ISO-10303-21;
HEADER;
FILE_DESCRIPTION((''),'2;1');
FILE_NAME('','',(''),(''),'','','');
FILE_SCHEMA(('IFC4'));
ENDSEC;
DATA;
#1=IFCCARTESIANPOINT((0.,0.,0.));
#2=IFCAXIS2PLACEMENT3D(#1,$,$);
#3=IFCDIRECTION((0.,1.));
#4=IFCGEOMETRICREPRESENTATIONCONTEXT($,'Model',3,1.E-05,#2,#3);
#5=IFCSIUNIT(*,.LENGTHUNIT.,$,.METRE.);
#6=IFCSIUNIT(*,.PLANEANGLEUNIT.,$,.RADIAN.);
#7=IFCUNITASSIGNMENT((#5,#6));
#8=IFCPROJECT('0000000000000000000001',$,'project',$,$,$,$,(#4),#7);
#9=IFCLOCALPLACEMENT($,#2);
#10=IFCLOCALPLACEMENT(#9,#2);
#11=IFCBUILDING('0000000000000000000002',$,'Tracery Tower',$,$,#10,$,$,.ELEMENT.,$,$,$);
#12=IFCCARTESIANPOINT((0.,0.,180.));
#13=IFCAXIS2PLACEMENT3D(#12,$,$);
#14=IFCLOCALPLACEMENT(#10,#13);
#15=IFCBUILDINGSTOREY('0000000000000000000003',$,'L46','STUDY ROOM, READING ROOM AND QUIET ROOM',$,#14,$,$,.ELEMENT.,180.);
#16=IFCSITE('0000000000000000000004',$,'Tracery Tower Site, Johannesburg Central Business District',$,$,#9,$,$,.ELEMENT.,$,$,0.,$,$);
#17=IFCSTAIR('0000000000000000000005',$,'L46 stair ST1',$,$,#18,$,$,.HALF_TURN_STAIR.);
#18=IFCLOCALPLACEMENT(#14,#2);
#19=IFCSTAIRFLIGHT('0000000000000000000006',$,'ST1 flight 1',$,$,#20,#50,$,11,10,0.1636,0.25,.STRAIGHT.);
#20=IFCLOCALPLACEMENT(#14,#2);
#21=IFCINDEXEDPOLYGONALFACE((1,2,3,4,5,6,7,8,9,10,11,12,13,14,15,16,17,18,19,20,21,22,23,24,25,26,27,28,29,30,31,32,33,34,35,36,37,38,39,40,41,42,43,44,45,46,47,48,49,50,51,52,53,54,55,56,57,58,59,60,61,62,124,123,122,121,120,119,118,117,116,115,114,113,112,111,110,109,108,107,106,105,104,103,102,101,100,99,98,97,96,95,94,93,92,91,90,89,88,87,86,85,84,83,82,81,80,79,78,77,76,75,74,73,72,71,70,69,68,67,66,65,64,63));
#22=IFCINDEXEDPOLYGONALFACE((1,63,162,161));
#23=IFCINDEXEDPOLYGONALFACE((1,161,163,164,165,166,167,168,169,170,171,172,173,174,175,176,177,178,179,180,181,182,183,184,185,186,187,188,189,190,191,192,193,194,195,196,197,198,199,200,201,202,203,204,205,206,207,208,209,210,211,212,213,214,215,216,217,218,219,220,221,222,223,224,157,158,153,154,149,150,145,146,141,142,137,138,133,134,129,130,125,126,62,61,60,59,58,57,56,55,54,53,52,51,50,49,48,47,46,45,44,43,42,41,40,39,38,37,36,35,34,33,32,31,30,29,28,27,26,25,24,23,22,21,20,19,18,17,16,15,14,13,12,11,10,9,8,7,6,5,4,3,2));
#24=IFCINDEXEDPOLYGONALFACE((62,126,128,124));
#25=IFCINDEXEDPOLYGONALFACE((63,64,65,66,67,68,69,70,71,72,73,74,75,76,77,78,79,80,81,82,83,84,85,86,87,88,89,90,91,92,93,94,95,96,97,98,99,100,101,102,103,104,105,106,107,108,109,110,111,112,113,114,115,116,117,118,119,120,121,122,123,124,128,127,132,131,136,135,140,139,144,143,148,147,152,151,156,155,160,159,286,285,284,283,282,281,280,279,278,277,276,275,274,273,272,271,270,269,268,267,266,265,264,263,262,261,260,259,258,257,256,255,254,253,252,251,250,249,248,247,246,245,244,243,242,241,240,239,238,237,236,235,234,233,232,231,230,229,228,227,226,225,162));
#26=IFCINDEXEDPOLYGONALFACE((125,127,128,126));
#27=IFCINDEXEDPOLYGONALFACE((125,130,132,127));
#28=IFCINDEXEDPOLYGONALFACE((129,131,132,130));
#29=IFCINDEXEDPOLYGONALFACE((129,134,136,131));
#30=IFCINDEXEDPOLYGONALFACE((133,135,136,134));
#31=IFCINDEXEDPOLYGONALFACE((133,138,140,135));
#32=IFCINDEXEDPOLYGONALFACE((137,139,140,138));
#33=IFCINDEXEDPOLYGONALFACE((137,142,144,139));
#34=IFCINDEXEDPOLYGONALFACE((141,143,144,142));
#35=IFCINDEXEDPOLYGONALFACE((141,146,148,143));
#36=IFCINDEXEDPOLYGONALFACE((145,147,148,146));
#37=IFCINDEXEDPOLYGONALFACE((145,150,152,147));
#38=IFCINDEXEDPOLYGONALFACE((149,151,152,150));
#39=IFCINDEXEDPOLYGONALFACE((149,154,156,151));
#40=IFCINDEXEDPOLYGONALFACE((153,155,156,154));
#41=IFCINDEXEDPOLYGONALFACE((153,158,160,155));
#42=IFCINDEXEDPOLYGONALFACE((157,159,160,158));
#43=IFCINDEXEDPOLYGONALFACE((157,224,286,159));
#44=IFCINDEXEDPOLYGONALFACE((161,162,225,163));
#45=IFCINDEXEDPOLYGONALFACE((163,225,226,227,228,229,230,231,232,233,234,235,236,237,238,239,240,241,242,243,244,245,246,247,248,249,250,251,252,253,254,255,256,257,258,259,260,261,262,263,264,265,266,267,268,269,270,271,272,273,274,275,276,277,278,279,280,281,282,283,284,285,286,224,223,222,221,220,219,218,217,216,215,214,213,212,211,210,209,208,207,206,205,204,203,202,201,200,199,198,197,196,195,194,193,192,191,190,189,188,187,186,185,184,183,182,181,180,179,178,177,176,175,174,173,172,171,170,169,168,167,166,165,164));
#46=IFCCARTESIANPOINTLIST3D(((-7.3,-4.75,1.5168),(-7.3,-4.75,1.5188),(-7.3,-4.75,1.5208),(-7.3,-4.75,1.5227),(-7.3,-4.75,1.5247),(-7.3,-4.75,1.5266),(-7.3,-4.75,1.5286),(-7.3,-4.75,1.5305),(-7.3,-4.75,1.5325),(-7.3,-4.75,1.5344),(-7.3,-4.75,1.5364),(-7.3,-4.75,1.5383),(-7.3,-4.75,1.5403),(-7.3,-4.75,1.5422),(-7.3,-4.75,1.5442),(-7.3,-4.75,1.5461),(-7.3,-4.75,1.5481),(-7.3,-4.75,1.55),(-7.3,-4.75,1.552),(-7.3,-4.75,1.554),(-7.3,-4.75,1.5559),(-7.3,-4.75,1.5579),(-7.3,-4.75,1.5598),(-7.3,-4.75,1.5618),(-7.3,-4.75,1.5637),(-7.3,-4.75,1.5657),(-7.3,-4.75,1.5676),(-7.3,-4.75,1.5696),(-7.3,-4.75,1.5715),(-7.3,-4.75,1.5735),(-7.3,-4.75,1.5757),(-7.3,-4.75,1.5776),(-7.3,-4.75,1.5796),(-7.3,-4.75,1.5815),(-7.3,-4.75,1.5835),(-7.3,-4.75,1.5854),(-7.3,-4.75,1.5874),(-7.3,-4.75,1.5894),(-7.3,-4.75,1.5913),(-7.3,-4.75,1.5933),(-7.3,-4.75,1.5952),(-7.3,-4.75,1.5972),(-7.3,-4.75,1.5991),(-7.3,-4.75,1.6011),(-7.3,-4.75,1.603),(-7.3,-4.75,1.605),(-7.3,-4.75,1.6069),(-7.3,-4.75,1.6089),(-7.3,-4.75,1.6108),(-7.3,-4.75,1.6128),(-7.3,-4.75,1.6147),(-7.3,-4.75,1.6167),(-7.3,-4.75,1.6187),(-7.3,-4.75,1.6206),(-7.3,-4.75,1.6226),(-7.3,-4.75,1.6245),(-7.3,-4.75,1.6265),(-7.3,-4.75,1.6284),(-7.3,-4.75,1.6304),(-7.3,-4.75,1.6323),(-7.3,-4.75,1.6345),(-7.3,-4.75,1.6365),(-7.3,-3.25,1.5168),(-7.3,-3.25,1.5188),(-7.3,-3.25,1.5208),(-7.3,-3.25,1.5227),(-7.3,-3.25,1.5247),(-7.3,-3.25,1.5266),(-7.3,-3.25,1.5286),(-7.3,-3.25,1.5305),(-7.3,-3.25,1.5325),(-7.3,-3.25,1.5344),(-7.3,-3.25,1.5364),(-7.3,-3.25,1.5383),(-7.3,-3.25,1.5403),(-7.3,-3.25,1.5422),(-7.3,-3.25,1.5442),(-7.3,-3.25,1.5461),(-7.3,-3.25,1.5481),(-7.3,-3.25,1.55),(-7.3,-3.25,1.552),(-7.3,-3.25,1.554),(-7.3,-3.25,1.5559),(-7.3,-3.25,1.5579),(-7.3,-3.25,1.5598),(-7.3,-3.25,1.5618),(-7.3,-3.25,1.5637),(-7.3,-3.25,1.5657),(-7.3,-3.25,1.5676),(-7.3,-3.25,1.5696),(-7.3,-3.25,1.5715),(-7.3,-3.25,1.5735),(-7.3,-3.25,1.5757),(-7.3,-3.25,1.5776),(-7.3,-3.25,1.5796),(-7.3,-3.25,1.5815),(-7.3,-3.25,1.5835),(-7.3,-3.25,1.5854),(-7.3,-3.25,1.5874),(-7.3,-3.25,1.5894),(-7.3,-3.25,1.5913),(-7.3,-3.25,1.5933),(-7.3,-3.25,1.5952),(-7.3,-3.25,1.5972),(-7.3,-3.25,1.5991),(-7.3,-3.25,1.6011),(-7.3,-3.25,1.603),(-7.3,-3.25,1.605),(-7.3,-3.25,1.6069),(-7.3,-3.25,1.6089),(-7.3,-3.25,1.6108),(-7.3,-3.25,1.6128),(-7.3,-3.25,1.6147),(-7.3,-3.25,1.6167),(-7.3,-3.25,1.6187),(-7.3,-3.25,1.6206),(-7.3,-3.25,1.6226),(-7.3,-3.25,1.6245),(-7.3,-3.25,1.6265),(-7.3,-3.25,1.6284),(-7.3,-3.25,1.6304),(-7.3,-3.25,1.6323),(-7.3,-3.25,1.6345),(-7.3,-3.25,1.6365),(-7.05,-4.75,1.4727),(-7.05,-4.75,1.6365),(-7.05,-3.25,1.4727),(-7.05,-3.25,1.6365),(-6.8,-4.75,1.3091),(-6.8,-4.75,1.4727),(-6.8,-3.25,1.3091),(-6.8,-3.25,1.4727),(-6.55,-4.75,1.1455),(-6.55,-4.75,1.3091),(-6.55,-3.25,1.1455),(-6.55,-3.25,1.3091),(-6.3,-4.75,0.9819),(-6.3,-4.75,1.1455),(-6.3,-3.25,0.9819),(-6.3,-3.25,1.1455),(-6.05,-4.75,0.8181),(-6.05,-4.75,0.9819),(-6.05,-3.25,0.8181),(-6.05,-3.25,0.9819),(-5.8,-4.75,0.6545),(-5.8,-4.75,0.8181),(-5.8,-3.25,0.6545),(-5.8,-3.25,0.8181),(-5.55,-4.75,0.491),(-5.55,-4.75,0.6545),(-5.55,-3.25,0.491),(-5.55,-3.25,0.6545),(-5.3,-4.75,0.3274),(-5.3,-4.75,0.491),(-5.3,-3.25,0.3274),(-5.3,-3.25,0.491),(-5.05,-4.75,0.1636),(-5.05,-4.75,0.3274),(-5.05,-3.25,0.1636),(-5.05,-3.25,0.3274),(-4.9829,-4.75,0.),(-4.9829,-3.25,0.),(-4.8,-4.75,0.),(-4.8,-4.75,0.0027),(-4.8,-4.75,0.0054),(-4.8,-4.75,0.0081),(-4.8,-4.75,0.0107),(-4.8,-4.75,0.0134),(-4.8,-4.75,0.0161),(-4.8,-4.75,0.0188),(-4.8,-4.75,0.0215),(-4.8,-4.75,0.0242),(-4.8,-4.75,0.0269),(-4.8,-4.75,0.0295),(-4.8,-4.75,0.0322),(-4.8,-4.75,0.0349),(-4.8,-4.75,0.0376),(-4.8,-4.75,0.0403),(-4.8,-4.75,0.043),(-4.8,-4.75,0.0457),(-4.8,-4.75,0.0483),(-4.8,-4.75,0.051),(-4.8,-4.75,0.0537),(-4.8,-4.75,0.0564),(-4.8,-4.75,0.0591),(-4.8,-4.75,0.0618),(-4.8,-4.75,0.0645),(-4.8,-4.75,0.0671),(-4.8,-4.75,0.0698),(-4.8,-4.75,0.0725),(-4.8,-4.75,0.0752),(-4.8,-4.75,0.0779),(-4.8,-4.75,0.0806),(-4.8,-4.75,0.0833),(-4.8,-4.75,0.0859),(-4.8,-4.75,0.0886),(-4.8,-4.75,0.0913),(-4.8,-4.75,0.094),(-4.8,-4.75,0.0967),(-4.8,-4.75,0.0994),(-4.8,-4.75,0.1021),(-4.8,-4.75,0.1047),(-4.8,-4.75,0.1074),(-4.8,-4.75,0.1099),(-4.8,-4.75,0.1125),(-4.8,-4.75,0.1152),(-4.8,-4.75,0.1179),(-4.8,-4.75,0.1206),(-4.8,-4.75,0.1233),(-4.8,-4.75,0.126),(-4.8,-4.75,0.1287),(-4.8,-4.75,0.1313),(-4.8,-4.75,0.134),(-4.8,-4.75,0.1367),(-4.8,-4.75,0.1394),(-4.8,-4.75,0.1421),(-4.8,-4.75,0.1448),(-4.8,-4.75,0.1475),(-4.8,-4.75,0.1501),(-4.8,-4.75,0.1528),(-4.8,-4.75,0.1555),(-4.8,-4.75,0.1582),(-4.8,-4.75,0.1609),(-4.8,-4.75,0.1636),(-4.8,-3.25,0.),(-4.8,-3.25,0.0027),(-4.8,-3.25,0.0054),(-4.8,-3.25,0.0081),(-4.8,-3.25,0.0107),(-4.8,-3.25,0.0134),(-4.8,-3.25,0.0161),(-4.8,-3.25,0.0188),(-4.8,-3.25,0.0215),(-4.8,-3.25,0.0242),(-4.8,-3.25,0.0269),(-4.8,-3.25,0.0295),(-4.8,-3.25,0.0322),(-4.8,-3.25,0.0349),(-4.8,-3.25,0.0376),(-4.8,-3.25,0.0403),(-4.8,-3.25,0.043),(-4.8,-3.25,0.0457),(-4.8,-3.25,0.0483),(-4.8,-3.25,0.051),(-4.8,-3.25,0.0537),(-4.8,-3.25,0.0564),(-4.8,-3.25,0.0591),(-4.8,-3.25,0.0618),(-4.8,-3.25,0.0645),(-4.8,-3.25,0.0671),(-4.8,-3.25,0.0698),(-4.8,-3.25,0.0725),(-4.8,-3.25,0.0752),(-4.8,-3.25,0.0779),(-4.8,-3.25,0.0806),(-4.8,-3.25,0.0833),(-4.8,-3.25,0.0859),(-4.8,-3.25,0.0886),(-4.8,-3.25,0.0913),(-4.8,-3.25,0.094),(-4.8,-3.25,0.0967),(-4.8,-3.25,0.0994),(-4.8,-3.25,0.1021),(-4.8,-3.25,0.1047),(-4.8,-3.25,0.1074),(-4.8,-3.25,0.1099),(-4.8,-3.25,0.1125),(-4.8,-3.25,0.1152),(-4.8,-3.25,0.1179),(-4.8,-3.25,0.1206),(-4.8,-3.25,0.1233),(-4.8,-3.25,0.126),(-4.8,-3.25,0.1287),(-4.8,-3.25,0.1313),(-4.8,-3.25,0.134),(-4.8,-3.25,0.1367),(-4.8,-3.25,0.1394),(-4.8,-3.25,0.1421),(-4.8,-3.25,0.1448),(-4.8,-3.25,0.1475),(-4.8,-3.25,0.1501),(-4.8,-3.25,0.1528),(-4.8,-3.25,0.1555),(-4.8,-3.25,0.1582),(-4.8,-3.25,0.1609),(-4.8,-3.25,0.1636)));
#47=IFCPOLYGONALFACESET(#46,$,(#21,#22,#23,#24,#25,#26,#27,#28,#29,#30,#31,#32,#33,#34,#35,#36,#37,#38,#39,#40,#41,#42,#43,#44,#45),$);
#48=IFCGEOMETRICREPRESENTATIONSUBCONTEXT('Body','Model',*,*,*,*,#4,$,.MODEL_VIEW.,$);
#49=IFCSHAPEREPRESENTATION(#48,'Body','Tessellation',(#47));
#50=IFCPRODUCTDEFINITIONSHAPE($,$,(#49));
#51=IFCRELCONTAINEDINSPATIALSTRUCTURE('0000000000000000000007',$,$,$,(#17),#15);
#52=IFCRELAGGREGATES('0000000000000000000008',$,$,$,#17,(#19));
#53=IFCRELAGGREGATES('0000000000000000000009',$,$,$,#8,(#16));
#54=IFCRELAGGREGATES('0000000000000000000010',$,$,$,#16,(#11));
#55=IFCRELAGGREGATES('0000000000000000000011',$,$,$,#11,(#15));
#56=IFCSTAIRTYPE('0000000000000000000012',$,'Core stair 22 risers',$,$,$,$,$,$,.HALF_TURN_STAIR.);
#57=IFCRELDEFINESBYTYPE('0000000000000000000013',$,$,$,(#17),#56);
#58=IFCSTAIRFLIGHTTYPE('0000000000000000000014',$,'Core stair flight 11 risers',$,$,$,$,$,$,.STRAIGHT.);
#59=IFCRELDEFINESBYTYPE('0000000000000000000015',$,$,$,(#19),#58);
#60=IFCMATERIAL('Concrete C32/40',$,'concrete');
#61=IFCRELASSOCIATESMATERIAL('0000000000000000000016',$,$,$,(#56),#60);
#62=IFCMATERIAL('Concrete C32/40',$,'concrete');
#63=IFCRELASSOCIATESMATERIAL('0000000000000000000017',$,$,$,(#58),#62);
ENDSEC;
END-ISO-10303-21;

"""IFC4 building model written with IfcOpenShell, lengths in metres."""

from ifc_helpers import new_model, si_unit, direction, frame, origin, place, context, subcontext, project, spatial, polyline, outline, extrude, material, type_object, element, aggregate, save


model = new_model("IFC4")

# Units and contexts
model_context = context("Model", 3, precision=1e-05, world=origin(), true_north=direction((0.0, 1.0)))
body_context = subcontext(model_context, "Body", "Model", "MODEL_VIEW")
ifc_project = project(units=[si_unit("LENGTHUNIT", "METRE"), si_unit("PLANEANGLEUNIT", "RADIAN")], contexts=[model_context])

# Site, building, storey
site_placement = place(None, origin())
site = spatial("IfcSite", under=ifc_project, at=site_placement, Name="Tracery Tower Site, Johannesburg Central Business District", CompositionType="ELEMENT", RefElevation=0.0)
building_placement = place(site_placement, origin())
building = spatial("IfcBuilding", under=site, at=building_placement, Name="Tracery Tower", CompositionType="ELEMENT")
storey_placement = place(building_placement, frame((0.0, 0.0, 180.0)))
storey = spatial("IfcBuildingStorey", under=building, at=storey_placement, Name="L46", Description="STUDY ROOM, READING ROOM AND QUIET ROOM", CompositionType="ELEMENT", Elevation=180.0)

# Stair, stair flight
ifc_material_1 = material(Name="Concrete C32/40", Category="concrete")
stair_type = type_object("IfcStairType", Name="Core stair 22 risers", PredefinedType="HALF_TURN_STAIR", material=ifc_material_1)
stair_placement = place(storey_placement, origin())
stair = element("IfcStair", 1, at=stair_placement, inside=storey, type_object=stair_type, Name="L46 stair ST1", PredefinedType="HALF_TURN_STAIR")
ifc_material_2 = material(Name="Concrete C32/40", Category="concrete")
stair_flight_type = type_object("IfcStairFlightType", Name="Core stair flight 11 risers", PredefinedType="STRAIGHT", material=ifc_material_2)
stair_flight_1_placement = place(storey_placement, frame((-4.8, -4.0, 0.0), z_axis=(0.0, 0.0, 1.0), x_axis=(-1.0, 0.0, 0.0)))
stair_flight_1 = element("IfcStairFlight", 2, at=stair_flight_1_placement, type_object=stair_flight_type, Name="ST1 flight 1", NumberOfRisers=11, NumberOfTreads=10, PredefinedType="STRAIGHT", RiserHeight=0.1636, TreadLength=0.25, context=body_context, shape_type="SweptSolid", body=[
    extrude(outline(polyline([(0.0, 0.0), (0.0, 0.0027), (0.0, 0.0054), (0.0, 0.0081), (0.0, 0.0107), (0.0, 0.0134), (0.0, 0.0161), (0.0, 0.0188), (0.0, 0.0215), (0.0, 0.0242), (0.0, 0.0269), (0.0, 0.0295), (0.0, 0.0322), (0.0, 0.0349), (0.0, 0.0376), (0.0, 0.0403), (0.0, 0.043), (0.0, 0.0457), (0.0, 0.0483), (0.0, 0.051), (0.0, 0.0537), (0.0, 0.0564), (0.0, 0.0591), (0.0, 0.0618), (0.0, 0.0645), (0.0, 0.0671), (0.0, 0.0698), (0.0, 0.0725), (0.0, 0.0752), (0.0, 0.0779), (0.0, 0.0806), (0.0, 0.0833), (0.0, 0.0859), (0.0, 0.0886), (0.0, 0.0913), (0.0, 0.094), (0.0, 0.0967), (0.0, 0.0994), (0.0, 0.1021), (0.0, 0.1047), (0.0, 0.1074), (0.0, 0.1099), (0.0, 0.1125), (0.0, 0.1152), (0.0, 0.1179), (0.0, 0.1206), (0.0, 0.1233), (0.0, 0.126), (0.0, 0.1287), (0.0, 0.1313), (0.0, 0.134), (0.0, 0.1367), (0.0, 0.1394), (0.0, 0.1421), (0.0, 0.1448), (0.0, 0.1475), (0.0, 0.1501), (0.0, 0.1528), (0.0, 0.1555), (0.0, 0.1582), (0.0, 0.1609), (0.0, 0.1636), (0.25, 0.1636), (0.25, 0.3274), (0.5, 0.3274), (0.5, 0.491), (0.75, 0.491), (0.75, 0.6545), (1.0, 0.6545), (1.0, 0.8181), (1.25, 0.8181), (1.25, 0.9819), (1.5, 0.9819), (1.5, 1.1455), (1.75, 1.1455), (1.75, 1.3091), (2.0, 1.3091), (2.0, 1.4727), (2.25, 1.4727), (2.25, 1.6365), (2.5, 1.6365), (2.5, 1.6345), (2.5, 1.6323), (2.5, 1.6304), (2.5, 1.6284), (2.5, 1.6265), (2.5, 1.6245), (2.5, 1.6226), (2.5, 1.6206), (2.5, 1.6187), (2.5, 1.6167), (2.5, 1.6147), (2.5, 1.6128), (2.5, 1.6108), (2.5, 1.6089), (2.5, 1.6069), (2.5, 1.605), (2.5, 1.603), (2.5, 1.6011), (2.5, 1.5991), (2.5, 1.5972), (2.5, 1.5952), (2.5, 1.5933), (2.5, 1.5913), (2.5, 1.5894), (2.5, 1.5874), (2.5, 1.5854), (2.5, 1.5835), (2.5, 1.5815), (2.5, 1.5796), (2.5, 1.5776), (2.5, 1.5757), (2.5, 1.5735), (2.5, 1.5715), (2.5, 1.5696), (2.5, 1.5676), (2.5, 1.5657), (2.5, 1.5637), (2.5, 1.5618), (2.5, 1.5598), (2.5, 1.5579), (2.5, 1.5559), (2.5, 1.554), (2.5, 1.552), (2.5, 1.55), (2.5, 1.5481), (2.5, 1.5461), (2.5, 1.5442), (2.5, 1.5422), (2.5, 1.5403), (2.5, 1.5383), (2.5, 1.5364), (2.5, 1.5344), (2.5, 1.5325), (2.5, 1.5305), (2.5, 1.5286), (2.5, 1.5266), (2.5, 1.5247), (2.5, 1.5227), (2.5, 1.5208), (2.5, 1.5188), (2.5, 1.5168), (0.1829, 0.0), (0.0, 0.0)])), frame((0.0, 0.75, 0.0), z_axis=(0.0, -1.0, 0.0), x_axis=(1.0, 0.0, 0.0)), (0.0, 0.0, 1.0), 1.5),
])
aggregate(stair, [stair_flight_1])

save(model, "model.ifc")
